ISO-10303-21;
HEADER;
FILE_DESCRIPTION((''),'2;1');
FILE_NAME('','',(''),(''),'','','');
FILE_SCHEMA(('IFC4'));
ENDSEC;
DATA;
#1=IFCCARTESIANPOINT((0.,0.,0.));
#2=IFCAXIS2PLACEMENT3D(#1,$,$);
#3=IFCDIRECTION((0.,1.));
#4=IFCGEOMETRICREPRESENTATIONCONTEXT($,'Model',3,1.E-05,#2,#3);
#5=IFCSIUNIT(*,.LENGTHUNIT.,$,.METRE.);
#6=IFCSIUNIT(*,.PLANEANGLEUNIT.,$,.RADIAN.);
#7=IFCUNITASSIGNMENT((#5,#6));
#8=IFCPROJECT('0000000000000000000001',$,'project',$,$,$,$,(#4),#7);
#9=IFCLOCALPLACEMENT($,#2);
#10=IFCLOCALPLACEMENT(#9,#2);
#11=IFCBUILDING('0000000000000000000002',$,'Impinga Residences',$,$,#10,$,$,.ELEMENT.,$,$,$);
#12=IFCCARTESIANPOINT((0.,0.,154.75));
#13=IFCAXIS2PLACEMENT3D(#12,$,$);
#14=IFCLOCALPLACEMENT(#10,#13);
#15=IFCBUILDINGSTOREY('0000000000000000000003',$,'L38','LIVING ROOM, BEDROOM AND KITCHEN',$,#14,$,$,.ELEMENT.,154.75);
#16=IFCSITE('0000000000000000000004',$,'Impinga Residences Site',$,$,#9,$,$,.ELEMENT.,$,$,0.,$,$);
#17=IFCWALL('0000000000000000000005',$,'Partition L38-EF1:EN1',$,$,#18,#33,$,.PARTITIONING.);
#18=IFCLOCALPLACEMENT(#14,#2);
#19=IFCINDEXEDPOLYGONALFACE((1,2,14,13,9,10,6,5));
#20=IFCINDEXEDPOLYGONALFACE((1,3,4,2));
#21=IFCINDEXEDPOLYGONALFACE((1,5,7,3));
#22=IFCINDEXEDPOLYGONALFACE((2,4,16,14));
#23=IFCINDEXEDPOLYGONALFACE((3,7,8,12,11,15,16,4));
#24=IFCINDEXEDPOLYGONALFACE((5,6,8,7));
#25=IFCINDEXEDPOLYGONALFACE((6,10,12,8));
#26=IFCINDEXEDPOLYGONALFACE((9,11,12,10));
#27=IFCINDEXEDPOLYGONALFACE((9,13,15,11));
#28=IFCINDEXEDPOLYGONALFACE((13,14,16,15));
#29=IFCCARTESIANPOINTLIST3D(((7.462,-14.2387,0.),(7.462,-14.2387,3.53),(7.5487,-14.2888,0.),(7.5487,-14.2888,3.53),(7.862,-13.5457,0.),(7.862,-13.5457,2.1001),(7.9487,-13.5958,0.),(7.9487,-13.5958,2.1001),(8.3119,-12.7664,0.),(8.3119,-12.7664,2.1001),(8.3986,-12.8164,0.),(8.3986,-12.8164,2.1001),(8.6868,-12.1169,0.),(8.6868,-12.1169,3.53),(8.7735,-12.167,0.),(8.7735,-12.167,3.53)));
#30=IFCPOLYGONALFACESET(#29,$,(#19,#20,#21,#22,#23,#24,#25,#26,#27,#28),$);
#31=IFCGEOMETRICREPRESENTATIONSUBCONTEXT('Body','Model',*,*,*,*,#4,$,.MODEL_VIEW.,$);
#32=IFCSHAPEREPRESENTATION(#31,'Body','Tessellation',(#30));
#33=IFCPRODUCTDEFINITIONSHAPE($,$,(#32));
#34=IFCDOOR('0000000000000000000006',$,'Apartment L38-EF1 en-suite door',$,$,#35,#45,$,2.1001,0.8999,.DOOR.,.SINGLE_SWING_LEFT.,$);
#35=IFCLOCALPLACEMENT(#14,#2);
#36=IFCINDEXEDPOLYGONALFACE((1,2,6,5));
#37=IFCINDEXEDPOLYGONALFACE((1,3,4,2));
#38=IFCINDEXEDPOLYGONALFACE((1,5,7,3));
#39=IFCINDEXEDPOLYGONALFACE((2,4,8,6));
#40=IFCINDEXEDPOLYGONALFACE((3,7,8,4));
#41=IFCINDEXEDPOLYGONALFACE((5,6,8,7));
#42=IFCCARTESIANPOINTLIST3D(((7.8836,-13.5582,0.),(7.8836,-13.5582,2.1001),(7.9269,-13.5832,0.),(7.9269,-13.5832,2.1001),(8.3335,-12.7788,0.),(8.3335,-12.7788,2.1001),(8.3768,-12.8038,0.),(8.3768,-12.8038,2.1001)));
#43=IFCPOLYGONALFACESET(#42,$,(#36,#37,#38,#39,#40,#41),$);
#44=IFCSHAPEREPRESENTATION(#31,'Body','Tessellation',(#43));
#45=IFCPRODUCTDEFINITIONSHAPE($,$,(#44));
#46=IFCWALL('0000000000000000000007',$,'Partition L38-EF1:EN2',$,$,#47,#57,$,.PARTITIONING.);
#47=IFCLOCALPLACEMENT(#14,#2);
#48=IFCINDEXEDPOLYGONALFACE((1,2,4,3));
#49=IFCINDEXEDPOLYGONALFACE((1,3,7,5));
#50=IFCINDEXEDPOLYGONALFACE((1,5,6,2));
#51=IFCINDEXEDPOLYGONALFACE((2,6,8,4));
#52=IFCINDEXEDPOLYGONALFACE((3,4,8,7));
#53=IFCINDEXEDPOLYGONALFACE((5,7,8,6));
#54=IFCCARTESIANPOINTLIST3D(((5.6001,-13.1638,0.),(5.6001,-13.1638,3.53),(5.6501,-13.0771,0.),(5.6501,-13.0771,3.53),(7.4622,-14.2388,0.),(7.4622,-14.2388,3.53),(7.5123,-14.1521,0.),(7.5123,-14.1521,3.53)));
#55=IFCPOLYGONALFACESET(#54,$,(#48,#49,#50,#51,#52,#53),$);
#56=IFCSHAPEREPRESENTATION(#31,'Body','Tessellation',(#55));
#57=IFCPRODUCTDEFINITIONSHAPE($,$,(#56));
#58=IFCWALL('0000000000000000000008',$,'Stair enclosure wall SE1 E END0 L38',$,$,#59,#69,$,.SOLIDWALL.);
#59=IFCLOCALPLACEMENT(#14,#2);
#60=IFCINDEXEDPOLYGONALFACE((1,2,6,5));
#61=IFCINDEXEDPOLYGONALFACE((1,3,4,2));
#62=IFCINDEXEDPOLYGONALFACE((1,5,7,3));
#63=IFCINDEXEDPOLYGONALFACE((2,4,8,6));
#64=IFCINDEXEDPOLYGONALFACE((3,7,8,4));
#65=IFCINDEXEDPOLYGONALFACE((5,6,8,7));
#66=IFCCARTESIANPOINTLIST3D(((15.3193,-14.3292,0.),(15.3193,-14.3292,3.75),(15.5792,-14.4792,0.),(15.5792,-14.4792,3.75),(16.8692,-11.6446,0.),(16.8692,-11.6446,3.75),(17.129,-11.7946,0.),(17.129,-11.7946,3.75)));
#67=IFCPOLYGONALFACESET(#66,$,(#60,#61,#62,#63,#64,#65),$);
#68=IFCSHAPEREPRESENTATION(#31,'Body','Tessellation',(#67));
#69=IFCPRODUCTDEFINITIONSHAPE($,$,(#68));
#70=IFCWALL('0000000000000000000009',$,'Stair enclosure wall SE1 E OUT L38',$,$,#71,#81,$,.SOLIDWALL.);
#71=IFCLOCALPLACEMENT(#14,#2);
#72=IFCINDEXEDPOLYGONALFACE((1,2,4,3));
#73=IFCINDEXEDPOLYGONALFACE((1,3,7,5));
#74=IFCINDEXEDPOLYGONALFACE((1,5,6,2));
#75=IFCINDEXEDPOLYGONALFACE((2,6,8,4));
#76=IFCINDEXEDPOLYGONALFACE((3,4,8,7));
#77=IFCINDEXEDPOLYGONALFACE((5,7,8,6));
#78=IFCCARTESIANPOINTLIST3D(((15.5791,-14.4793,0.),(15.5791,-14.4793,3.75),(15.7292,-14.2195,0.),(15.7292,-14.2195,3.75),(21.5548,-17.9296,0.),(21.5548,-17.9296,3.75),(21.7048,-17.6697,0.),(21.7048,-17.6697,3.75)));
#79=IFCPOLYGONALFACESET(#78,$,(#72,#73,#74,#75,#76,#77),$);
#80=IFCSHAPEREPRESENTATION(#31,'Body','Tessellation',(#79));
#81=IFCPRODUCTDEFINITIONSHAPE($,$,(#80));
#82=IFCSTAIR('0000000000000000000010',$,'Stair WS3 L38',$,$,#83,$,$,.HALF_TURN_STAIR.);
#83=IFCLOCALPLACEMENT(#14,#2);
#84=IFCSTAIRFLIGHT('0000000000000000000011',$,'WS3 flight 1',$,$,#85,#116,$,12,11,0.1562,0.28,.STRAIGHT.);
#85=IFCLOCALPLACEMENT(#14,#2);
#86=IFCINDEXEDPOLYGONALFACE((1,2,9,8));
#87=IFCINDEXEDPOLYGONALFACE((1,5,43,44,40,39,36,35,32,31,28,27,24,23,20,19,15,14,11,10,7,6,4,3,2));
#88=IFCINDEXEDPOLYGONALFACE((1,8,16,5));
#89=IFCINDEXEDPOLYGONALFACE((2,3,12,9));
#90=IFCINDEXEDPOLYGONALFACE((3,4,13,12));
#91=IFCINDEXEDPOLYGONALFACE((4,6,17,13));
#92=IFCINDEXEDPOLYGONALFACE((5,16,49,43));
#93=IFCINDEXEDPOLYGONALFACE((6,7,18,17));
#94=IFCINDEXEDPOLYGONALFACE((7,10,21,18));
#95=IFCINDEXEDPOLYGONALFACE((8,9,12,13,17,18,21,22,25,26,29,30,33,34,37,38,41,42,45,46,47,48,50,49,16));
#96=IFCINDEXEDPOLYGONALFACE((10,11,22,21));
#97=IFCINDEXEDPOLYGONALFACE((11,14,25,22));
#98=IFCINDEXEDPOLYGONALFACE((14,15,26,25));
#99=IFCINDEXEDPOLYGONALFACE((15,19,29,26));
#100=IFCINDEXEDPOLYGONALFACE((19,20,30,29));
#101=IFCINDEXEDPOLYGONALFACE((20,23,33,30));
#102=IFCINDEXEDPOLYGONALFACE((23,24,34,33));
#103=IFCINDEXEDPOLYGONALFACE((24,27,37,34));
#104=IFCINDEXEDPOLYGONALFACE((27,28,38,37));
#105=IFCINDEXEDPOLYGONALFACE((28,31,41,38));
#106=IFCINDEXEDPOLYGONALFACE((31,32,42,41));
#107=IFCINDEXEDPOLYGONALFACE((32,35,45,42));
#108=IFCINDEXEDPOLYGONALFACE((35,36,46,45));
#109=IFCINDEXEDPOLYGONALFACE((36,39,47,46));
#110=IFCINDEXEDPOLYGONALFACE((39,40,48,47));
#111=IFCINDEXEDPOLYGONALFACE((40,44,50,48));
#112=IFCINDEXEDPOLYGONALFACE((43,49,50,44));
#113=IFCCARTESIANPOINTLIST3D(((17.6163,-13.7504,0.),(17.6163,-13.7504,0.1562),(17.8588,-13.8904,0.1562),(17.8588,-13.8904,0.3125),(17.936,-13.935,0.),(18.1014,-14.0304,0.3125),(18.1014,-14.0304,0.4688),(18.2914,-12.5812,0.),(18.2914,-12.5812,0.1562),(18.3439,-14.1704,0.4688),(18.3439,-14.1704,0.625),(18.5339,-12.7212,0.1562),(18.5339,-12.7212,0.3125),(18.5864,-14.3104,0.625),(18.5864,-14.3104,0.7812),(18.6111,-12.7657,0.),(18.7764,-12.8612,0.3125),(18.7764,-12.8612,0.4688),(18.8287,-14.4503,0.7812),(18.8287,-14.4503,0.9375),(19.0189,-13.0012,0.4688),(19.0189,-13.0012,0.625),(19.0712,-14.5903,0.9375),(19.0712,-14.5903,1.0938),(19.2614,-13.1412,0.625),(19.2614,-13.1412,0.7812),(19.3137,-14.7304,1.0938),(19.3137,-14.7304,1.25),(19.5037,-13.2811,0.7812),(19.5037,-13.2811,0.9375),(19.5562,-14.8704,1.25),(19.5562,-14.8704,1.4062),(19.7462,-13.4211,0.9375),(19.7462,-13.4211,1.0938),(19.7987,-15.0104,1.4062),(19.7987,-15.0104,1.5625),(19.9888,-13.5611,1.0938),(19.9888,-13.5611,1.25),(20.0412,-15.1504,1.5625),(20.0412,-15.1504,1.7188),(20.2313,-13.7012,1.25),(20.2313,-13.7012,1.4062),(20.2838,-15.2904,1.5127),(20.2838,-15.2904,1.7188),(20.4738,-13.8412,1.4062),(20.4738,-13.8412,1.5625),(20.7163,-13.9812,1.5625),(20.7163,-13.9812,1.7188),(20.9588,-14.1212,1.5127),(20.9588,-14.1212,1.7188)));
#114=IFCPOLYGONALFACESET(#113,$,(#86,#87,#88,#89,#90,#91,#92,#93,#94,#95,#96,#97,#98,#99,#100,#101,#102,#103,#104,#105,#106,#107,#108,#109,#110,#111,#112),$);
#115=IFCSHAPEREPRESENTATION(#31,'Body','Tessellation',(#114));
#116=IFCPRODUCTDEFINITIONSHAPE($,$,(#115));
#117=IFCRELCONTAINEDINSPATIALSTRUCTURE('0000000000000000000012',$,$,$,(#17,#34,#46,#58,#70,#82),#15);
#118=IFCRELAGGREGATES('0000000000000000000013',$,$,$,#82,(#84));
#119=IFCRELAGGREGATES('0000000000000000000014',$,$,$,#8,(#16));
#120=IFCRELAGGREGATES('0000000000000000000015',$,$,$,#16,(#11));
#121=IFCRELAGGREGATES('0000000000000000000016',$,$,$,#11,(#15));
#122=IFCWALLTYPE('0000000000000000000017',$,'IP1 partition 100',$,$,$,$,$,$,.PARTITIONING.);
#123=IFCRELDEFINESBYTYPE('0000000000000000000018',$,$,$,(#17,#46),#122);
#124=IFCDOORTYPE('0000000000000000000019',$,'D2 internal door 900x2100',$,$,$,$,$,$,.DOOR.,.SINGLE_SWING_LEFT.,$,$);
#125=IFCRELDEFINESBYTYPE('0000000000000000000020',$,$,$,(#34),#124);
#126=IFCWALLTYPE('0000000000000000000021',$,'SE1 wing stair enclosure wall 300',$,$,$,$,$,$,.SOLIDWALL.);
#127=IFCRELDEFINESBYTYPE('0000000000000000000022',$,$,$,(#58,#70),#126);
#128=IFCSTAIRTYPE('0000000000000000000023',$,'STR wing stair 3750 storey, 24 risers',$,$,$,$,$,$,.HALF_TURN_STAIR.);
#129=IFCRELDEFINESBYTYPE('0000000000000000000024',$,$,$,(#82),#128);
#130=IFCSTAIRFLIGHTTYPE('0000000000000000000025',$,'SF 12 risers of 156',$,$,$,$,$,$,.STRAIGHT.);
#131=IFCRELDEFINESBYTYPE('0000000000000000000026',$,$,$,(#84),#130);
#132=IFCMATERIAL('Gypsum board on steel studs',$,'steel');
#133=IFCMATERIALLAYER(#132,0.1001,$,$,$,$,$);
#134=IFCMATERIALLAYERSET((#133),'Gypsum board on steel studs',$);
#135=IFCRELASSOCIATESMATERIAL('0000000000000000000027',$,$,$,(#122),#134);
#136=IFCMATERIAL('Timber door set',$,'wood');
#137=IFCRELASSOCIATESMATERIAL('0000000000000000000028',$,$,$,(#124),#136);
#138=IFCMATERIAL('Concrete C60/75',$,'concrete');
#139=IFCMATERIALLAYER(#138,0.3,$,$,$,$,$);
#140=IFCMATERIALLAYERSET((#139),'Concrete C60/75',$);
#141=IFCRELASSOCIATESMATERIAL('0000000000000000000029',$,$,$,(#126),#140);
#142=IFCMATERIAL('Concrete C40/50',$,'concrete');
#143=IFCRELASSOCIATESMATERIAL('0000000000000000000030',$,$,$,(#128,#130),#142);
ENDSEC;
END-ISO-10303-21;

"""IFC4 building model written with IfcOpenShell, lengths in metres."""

from ifc_helpers import new_model, si_unit, direction, frame, frame_2d, origin, place, context, subcontext, project, spatial, polyline, rectangle, outline, extrude, material, layer, layer_set, type_object, element, fill, aggregate, save


model = new_model("IFC4")

# Units and contexts
model_context = context("Model", 3, precision=1e-05, world=origin(), true_north=direction((0.0, 1.0)))
body_context = subcontext(model_context, "Body", "Model", "MODEL_VIEW")
ifc_project = project(units=[si_unit("LENGTHUNIT", "METRE"), si_unit("PLANEANGLEUNIT", "RADIAN")], contexts=[model_context])

# Site, building, storey
site_placement = place(None, origin())
site = spatial("IfcSite", under=ifc_project, at=site_placement, Name="Impinga Residences Site", CompositionType="ELEMENT", RefElevation=0.0)
building_placement = place(site_placement, origin())
building = spatial("IfcBuilding", under=site, at=building_placement, Name="Impinga Residences", CompositionType="ELEMENT")
storey_placement = place(building_placement, frame((0.0, 0.0, 154.75)))
storey = spatial("IfcBuildingStorey", under=building, at=storey_placement, Name="L38", Description="LIVING ROOM, BEDROOM AND KITCHEN", CompositionType="ELEMENT", Elevation=154.75)

# Shared definitions
ifc_material_1 = material(Name="Concrete C60/75", Category="concrete")

# Shared definitions
ifc_material_2 = material(Name="Gypsum board on steel studs", Category="steel")
ifc_layer_1 = layer(ifc_material_2, 0.1001)
ifc_layer_set_1 = layer_set([ifc_layer_1], Name="Gypsum board on steel studs")
wall_type_1 = type_object("IfcWallType", Name="IP1 partition 100", PredefinedType="PARTITIONING", material=ifc_layer_set_1)

# Shared definitions
ifc_material_3 = material(Name="Timber door set", Category="wood")
door_type = type_object("IfcDoorType", Name="D2 internal door 900x2100", OperationType="SINGLE_SWING_LEFT", PredefinedType="DOOR", material=ifc_material_3)

# Wall, opening, door
wall_1_placement = place(storey_placement, frame((8.7302, -12.1418, 0.0), z_axis=(0.0, 0.0, 1.0), x_axis=(-0.499944, -0.866058, 0.0)))
wall_1 = element("IfcWall", 1, at=wall_1_placement, inside=storey, type_object=wall_type_1, Name="Partition L38-EF1:EN1", PredefinedType="PARTITIONING", context=body_context, shape_type="SweptSolid", body=[
    extrude(rectangle(XDim=2.45, YDim=0.1001, at=frame_2d((1.2251, 0.0))), origin(), (0.0, 0.0, 1.0), 3.53),
])
opening_1_placement = place(wall_1_placement, frame((0.75, 0.0, 0.0)))
opening_1 = element("IfcOpeningElement", 2, at=opening_1_placement, cuts=wall_1, PredefinedType="OPENING", context=body_context, shape_type="SweptSolid", body=[
    extrude(rectangle(XDim=0.8999, YDim=2.1001, at=frame_2d((0.45, 1.05))), frame((0.0, 0.0601, 0.0), z_axis=(0.0, -1.0, 0.0), x_axis=(1.0, 0.0, 0.0)), (0.0, 0.0, 1.0), 0.1201),
])
door_1_placement = place(opening_1_placement, origin())
door_1 = element("IfcDoor", 3, at=door_1_placement, inside=storey, type_object=door_type, Name="Apartment L38-EF1 en-suite door", OperationType="SINGLE_SWING_LEFT", OverallHeight=2.1001, OverallWidth=0.8999, PredefinedType="DOOR", context=body_context, shape_type="SweptSolid", body=[
    extrude(rectangle(XDim=0.8999, YDim=2.1001, at=frame_2d((0.45, 1.05))), frame((0.0, 0.0249, 0.0), z_axis=(0.0, -1.0, 0.0), x_axis=(1.0, 0.0, 0.0)), (0.0, 0.0, 1.0), 0.05),
])
fill(opening_1, door_1)

# Walls
wall_2_placement = place(storey_placement, frame((5.625, -13.1204, 0.0), z_axis=(0.0, 0.0, 1.0), x_axis=(0.866048, -0.499962, 0.0)))
element("IfcWall", 4, at=wall_2_placement, inside=storey, type_object=wall_type_1, Name="Partition L38-EF1:EN2", PredefinedType="PARTITIONING", context=body_context, shape_type="SweptSolid", body=[
    extrude(rectangle(XDim=2.1501, YDim=0.1001, at=frame_2d((1.0752, 0.0))), origin(), (0.0, 0.0, 1.0), 3.53),
])
ifc_layer_2 = layer(ifc_material_1, 0.3)
ifc_layer_set_2 = layer_set([ifc_layer_2], Name="Concrete C60/75")
wall_type_2 = type_object("IfcWallType", Name="SE1 wing stair enclosure wall 300", PredefinedType="SOLIDWALL", material=ifc_layer_set_2)
wall_3_placement = place(storey_placement, frame((16.999, -11.7197, 0.0), z_axis=(0.0, 0.0, 1.0), x_axis=(-0.499968, -0.866044, 0.0)))
element("IfcWall", 5, at=wall_3_placement, inside=storey, type_object=wall_type_2, Name="Stair enclosure wall SE1 E END0 L38", PredefinedType="SOLIDWALL", context=body_context, shape_type="SweptSolid", body=[
    extrude(rectangle(XDim=3.0999, YDim=0.3, at=frame_2d((1.5498, 0.0))), origin(), (0.0, 0.0, 1.0), 3.75),
])
wall_4_placement = place(storey_placement, frame((15.6541, -14.3494, 0.0), z_axis=(0.0, 0.0, 1.0), x_axis=(0.866014, -0.500021, 0.0)))
element("IfcWall", 6, at=wall_4_placement, inside=storey, type_object=wall_type_2, Name="Stair enclosure wall SE1 E OUT L38", PredefinedType="SOLIDWALL", context=body_context, shape_type="SweptSolid", body=[
    extrude(rectangle(XDim=6.9001, YDim=0.3, at=frame_2d((3.4502, 0.0))), origin(), (0.0, 0.0, 1.0), 3.75),
])

# Stair, stair flight
ifc_material_4 = material(Name="Concrete C40/50", Category="concrete")
stair_type = type_object("IfcStairType", Name="STR wing stair 3750 storey, 24 risers", PredefinedType="HALF_TURN_STAIR", material=ifc_material_4)
stair_placement = place(storey_placement, origin())
stair = element("IfcStair", 7, at=stair_placement, inside=storey, type_object=stair_type, Name="Stair WS3 L38", PredefinedType="HALF_TURN_STAIR")
stair_flight_type = type_object("IfcStairFlightType", Name="SF 12 risers of 156", PredefinedType="STRAIGHT", material=ifc_material_4)
stair_flight_placement = place(storey_placement, frame((17.9539, -13.1658, 0.0), z_axis=(0.0, 0.0, 1.0), x_axis=(0.866025, -0.5, 0.0)))
stair_flight = element("IfcStairFlight", 8, at=stair_flight_placement, type_object=stair_flight_type, Name="WS3 flight 1", NumberOfRisers=12, NumberOfTreads=11, PredefinedType="STRAIGHT", RiserHeight=0.1562, TreadLength=0.28, context=body_context, shape_type="SweptSolid", body=[
    extrude(outline(polyline([(0.0, 0.0), (0.0, 0.1562), (0.28, 0.1562), (0.28, 0.3125), (0.5601, 0.3125), (0.5601, 0.4688), (0.8401, 0.4688), (0.8401, 0.625), (1.1201, 0.625), (1.1201, 0.7812), (1.3999, 0.7812), (1.3999, 0.9375), (1.6799, 0.9375), (1.6799, 1.0938), (1.96, 1.0938), (1.96, 1.25), (2.24, 1.25), (2.24, 1.4062), (2.52, 1.4062), (2.52, 1.5625), (2.8, 1.5625), (2.8, 1.7188), (3.0801, 1.7188), (3.0801, 1.875), (3.0801, 1.5127), (0.3691, 0.0), (0.0, 0.0)])), frame((0.0, 0.675, 0.0), z_axis=(0.0, -1.0, 0.0), x_axis=(1.0, 0.0, 0.0)), (0.0, 0.0, 1.0), 1.3501),
])
aggregate(stair, [stair_flight])

save(model, "model.ifc")
